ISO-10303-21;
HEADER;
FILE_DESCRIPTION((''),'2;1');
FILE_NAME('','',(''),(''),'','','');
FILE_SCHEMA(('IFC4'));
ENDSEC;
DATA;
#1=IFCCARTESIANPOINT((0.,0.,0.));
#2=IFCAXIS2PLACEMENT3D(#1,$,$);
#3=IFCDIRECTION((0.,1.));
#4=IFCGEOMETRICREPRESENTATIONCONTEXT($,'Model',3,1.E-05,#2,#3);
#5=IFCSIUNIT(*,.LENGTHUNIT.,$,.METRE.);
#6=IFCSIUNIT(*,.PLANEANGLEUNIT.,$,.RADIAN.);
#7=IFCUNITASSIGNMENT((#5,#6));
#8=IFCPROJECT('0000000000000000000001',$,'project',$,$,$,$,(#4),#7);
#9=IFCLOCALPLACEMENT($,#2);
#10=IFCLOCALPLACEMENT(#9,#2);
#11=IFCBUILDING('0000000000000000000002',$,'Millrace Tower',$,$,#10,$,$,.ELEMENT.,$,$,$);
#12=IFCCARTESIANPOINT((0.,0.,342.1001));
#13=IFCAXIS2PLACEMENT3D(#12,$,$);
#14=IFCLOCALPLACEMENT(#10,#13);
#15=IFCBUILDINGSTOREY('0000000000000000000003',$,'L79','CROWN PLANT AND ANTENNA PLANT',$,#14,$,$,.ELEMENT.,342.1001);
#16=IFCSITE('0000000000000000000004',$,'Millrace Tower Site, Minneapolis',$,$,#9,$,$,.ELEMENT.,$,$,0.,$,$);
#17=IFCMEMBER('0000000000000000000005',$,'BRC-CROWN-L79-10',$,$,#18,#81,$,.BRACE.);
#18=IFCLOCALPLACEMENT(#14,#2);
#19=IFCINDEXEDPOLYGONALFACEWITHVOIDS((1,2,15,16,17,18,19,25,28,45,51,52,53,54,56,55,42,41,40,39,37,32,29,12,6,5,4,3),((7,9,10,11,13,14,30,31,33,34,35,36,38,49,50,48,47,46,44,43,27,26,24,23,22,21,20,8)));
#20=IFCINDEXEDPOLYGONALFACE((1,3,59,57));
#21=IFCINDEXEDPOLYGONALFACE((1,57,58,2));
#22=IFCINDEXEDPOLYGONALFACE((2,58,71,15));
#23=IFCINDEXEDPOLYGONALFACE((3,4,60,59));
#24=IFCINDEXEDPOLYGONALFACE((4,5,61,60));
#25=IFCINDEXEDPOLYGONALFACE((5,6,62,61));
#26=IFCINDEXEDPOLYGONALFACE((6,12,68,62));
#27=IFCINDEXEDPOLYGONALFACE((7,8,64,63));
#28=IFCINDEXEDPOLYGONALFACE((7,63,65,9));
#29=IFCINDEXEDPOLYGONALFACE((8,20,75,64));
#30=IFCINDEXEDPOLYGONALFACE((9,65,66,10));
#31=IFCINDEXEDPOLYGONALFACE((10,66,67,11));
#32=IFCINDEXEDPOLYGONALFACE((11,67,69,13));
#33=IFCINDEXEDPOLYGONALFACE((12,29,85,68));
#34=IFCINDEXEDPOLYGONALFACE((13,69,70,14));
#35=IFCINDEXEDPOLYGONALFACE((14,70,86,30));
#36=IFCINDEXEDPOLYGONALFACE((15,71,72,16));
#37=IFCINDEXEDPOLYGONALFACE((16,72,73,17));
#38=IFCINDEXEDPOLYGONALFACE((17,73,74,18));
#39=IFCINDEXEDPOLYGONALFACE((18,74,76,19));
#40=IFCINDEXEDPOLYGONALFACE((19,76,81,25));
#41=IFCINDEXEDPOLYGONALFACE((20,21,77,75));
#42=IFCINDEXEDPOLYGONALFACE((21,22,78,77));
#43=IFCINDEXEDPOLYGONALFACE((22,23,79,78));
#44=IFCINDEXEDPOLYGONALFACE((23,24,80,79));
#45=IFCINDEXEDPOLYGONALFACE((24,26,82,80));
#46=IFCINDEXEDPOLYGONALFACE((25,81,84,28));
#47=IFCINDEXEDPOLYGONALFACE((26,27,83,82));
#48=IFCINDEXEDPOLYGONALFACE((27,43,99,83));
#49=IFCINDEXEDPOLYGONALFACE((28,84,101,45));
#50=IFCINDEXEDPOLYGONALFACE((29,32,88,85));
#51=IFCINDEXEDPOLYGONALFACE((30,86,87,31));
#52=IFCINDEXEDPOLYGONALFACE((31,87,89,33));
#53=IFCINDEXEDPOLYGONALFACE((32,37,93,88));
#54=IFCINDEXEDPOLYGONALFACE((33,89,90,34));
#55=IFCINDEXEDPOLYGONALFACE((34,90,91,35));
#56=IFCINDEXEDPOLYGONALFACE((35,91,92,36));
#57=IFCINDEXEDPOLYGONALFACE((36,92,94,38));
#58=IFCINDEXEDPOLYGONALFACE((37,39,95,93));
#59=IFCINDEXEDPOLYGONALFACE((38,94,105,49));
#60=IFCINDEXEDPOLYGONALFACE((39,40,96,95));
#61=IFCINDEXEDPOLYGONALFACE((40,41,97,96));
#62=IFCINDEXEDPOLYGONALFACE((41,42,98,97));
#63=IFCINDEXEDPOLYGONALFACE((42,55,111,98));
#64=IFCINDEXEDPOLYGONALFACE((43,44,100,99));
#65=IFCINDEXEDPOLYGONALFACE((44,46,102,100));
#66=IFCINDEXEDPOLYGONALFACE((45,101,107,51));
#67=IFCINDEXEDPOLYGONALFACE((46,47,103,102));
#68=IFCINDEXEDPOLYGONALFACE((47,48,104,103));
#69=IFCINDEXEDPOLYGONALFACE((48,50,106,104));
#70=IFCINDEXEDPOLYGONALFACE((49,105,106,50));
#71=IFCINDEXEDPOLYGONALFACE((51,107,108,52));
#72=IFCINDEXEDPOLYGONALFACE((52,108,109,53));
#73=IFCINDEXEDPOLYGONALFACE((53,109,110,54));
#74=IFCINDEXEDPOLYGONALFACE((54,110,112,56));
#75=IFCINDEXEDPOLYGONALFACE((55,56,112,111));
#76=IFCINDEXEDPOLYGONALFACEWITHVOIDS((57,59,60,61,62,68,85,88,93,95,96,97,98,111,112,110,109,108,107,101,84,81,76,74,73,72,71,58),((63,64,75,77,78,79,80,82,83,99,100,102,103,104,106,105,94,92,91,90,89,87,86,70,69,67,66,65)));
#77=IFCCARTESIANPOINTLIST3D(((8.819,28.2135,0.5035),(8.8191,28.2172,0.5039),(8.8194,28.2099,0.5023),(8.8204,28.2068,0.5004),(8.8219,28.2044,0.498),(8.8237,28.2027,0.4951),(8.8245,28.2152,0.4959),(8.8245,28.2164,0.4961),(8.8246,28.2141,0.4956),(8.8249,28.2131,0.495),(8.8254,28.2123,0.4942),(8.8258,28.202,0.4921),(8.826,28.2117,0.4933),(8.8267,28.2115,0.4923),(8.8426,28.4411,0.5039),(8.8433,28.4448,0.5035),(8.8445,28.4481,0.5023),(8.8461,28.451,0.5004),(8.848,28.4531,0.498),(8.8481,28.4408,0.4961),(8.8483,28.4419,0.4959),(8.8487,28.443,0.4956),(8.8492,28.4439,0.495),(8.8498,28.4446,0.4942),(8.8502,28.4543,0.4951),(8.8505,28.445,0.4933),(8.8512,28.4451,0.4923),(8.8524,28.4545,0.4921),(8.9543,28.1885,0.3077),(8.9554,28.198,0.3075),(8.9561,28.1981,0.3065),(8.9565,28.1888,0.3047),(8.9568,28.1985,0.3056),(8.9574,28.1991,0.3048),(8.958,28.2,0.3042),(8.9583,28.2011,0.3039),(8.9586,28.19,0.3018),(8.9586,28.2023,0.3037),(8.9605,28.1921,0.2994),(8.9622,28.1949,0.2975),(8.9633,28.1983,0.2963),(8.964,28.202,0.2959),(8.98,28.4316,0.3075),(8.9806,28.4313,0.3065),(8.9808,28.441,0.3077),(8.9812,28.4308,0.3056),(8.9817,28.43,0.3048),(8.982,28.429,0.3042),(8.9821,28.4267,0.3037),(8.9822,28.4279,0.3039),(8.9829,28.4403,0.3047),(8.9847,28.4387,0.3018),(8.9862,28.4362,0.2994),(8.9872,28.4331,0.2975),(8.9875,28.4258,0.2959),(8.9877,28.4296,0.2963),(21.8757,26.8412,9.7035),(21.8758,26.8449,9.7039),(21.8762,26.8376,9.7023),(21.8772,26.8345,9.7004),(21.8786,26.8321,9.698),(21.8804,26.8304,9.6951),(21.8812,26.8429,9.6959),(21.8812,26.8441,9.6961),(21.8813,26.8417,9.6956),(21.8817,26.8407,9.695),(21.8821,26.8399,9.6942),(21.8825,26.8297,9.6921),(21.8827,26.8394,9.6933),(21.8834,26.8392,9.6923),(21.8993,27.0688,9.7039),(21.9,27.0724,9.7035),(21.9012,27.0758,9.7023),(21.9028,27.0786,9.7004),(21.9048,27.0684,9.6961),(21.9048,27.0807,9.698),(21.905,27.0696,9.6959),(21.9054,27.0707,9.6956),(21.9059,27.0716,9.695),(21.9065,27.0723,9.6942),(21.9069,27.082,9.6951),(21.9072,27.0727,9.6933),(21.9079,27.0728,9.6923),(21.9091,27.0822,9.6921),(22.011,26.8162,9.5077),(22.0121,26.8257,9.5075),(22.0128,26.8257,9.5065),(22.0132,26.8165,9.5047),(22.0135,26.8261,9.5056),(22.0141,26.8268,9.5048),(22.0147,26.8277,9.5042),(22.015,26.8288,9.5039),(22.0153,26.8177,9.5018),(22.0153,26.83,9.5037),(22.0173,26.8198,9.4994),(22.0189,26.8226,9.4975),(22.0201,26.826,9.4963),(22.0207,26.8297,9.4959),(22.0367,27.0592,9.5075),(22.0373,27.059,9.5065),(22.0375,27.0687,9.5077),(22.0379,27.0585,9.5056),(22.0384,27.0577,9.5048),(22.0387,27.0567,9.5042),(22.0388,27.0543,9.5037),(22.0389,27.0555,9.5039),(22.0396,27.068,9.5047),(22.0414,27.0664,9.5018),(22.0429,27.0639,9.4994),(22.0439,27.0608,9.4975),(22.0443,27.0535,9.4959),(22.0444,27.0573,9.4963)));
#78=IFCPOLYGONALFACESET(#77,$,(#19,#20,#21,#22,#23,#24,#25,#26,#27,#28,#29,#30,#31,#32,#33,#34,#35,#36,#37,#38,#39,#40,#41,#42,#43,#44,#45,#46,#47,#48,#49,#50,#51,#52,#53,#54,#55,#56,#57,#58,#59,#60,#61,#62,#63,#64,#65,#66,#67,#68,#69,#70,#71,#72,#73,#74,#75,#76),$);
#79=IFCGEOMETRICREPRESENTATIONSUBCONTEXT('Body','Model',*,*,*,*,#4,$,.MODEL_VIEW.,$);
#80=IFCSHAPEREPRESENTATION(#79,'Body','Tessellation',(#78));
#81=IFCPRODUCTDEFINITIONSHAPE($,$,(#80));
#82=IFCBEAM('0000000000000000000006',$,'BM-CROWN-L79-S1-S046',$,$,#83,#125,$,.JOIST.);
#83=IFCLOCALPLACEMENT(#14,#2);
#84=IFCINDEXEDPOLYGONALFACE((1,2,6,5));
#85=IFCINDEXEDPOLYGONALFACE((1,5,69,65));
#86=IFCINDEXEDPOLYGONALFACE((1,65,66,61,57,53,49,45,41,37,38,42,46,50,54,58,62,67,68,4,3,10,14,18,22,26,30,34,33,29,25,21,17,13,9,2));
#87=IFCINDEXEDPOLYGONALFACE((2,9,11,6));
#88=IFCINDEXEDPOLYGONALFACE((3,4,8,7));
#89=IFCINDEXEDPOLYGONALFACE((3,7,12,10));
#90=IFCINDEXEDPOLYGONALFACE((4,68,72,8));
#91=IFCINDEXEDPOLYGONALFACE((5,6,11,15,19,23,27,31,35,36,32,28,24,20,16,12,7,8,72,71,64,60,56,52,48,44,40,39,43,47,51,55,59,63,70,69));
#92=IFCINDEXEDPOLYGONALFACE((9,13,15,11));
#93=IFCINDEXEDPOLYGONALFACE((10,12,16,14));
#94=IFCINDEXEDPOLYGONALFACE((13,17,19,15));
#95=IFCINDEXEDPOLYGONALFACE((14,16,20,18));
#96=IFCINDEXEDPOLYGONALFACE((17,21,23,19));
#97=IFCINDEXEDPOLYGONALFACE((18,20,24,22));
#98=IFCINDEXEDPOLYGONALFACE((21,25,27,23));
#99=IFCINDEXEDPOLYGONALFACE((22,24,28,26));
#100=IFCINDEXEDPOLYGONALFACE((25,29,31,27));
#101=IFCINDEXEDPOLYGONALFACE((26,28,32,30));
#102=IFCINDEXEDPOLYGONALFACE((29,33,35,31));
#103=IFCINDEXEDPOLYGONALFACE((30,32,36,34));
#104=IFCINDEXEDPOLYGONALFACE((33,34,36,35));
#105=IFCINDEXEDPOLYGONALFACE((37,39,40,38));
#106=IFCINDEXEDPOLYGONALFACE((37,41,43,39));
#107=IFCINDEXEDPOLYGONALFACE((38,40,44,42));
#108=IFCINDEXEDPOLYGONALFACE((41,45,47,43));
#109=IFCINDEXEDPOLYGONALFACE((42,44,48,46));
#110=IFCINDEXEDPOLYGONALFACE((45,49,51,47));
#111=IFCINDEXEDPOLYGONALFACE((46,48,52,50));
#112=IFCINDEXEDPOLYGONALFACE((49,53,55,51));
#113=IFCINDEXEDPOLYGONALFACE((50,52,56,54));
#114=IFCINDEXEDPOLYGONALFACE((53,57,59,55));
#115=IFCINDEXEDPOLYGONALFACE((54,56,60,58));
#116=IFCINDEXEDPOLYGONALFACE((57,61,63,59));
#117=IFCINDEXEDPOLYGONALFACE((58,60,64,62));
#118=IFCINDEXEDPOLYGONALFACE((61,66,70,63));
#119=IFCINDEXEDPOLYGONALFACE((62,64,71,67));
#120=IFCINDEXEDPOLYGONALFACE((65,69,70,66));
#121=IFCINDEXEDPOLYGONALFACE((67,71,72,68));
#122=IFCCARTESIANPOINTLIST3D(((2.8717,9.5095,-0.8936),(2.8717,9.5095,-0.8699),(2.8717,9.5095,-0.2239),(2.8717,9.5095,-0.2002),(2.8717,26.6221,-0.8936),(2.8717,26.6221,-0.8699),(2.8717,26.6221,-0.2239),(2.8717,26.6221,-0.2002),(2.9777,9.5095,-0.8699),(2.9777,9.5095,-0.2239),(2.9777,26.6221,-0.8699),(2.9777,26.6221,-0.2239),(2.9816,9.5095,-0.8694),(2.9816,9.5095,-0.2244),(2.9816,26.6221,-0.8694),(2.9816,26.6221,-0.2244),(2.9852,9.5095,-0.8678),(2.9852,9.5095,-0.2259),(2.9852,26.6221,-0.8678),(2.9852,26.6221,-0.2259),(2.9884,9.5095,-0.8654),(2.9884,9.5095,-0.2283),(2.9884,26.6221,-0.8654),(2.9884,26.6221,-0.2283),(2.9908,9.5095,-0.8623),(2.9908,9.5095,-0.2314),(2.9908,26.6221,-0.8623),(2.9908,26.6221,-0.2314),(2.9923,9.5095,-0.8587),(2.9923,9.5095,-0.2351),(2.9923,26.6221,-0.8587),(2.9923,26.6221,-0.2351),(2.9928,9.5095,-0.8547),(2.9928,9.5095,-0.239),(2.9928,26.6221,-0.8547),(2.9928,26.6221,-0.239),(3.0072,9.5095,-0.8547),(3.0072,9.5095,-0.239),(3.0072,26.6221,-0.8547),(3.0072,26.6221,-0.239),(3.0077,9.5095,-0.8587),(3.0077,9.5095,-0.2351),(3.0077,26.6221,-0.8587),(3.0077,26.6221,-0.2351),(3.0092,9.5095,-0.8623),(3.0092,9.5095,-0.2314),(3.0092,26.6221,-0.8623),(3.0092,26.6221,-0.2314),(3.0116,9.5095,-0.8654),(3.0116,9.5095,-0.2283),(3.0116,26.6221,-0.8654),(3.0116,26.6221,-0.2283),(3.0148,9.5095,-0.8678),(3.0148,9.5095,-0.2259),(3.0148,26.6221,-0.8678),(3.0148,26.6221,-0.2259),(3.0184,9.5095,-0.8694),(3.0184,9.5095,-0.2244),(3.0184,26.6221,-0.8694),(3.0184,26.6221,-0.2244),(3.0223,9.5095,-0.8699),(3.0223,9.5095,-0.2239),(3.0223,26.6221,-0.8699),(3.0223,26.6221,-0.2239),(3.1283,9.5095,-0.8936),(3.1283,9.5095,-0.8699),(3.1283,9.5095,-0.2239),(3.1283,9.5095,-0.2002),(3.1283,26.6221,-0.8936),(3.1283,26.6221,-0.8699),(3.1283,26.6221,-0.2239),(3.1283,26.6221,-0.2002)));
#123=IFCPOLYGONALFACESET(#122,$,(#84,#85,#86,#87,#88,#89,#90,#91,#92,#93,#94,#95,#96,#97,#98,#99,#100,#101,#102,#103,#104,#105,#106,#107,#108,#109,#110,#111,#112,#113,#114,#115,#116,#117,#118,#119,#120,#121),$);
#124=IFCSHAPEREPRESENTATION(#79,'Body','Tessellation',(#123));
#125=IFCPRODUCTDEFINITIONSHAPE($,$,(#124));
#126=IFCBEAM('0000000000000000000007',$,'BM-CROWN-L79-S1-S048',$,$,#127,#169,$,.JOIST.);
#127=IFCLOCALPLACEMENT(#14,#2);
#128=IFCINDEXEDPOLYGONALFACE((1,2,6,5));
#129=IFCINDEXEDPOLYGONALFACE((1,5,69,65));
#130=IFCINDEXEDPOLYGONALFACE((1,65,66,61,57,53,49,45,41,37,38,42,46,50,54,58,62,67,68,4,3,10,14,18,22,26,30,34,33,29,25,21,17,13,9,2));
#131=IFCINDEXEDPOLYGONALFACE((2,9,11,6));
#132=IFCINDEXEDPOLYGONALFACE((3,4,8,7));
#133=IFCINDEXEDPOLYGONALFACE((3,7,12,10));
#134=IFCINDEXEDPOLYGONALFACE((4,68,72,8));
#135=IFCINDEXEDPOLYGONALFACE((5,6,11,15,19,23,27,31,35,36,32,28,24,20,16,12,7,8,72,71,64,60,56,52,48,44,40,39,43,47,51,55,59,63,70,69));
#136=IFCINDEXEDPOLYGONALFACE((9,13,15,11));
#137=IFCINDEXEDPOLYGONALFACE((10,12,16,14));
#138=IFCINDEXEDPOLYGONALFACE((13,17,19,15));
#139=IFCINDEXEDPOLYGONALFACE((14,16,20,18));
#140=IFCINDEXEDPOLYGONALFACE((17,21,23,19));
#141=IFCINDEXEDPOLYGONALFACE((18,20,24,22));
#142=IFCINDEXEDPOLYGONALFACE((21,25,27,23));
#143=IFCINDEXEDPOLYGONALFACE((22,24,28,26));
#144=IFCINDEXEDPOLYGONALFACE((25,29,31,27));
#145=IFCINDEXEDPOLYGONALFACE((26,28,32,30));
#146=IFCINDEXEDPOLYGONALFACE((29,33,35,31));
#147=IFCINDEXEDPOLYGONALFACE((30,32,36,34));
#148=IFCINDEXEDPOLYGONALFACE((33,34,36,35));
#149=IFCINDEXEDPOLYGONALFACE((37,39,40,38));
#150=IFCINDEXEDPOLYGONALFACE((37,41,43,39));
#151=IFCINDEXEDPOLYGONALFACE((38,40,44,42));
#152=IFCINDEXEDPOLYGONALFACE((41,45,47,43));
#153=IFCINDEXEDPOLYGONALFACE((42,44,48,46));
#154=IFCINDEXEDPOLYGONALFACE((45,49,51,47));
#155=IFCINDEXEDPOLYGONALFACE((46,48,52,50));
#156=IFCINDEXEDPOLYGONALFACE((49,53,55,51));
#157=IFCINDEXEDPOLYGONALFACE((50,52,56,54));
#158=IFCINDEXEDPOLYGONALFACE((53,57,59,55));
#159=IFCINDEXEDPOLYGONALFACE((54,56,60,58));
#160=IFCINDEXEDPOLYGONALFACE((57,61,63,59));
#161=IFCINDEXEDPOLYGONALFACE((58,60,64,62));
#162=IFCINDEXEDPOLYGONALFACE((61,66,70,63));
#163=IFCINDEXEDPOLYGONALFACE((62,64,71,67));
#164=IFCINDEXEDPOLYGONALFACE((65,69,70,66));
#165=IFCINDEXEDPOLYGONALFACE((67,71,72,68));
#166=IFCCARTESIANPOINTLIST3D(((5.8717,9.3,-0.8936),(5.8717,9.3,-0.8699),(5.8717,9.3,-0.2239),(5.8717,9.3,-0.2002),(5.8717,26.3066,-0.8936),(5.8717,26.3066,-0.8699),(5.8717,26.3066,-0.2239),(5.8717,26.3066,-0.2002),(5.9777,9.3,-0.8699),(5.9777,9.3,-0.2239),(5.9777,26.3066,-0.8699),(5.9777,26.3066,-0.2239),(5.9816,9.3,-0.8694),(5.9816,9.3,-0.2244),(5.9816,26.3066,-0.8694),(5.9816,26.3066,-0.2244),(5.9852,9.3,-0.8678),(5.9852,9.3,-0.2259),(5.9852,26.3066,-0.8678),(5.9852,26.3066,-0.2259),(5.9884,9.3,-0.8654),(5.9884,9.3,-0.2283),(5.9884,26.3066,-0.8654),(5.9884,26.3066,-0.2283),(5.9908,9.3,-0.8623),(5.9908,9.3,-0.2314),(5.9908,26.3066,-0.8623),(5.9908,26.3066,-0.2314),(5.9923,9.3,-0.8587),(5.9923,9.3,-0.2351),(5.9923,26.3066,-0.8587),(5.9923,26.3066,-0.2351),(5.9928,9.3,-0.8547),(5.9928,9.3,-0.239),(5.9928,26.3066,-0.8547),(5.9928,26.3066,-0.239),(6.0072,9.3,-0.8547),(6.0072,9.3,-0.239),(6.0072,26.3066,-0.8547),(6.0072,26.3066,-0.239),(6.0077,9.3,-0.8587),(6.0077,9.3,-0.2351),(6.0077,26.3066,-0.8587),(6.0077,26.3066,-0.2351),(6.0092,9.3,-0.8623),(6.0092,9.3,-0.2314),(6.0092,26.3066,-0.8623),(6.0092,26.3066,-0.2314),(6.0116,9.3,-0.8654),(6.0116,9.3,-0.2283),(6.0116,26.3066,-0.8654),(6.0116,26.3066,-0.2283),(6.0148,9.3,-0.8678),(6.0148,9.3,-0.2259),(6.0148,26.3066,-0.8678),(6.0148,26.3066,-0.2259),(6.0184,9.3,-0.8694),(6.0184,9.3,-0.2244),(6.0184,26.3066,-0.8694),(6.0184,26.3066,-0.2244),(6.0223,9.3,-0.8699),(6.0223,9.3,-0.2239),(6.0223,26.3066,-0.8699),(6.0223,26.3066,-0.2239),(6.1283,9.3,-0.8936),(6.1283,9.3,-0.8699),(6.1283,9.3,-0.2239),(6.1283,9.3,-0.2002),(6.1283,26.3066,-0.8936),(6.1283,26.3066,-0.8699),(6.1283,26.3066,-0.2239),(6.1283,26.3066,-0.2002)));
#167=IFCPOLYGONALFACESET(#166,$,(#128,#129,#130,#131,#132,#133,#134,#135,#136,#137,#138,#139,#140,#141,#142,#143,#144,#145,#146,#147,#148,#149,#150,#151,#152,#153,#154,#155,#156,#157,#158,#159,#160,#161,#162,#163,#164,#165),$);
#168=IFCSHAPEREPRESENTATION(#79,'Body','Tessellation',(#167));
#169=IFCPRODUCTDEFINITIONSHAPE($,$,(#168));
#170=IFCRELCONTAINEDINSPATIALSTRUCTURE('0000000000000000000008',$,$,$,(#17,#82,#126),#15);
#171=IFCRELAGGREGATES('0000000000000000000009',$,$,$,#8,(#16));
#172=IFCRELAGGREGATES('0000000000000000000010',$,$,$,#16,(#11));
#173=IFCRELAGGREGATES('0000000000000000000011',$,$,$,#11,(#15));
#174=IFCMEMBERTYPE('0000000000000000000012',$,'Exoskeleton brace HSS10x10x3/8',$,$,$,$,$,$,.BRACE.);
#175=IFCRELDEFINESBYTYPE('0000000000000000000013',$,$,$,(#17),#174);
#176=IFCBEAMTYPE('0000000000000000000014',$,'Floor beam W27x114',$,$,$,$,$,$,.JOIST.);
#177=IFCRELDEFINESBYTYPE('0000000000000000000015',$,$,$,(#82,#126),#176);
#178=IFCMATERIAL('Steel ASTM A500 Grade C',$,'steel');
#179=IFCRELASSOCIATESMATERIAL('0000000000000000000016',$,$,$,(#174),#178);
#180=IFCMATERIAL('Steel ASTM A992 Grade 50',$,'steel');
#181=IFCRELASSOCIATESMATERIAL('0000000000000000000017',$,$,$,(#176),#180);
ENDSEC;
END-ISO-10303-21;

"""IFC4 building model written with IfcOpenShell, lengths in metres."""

from ifc_helpers import new_model, si_unit, direction, frame, origin, origin_2d, place, context, subcontext, project, spatial, hollow_rectangle, i_section, extrude, material, material_profile, profile_set, type_object, element, save


model = new_model("IFC4")

# Units and contexts
model_context = context("Model", 3, precision=1e-05, world=origin(), true_north=direction((0.0, 1.0)))
body_context = subcontext(model_context, "Body", "Model", "MODEL_VIEW")
ifc_project = project(units=[si_unit("LENGTHUNIT", "METRE"), si_unit("PLANEANGLEUNIT", "RADIAN")], contexts=[model_context])

# Site, building, storey
site_placement = place(None, origin())
site = spatial("IfcSite", under=ifc_project, at=site_placement, Name="Millrace Tower Site, Minneapolis", CompositionType="ELEMENT", RefElevation=0.0)
building_placement = place(site_placement, origin())
building = spatial("IfcBuilding", under=site, at=building_placement, Name="Millrace Tower", CompositionType="ELEMENT")
storey_placement = place(building_placement, frame((0.0, 0.0, 342.1001)))
storey = spatial("IfcBuildingStorey", under=building, at=storey_placement, Name="L79", Description="CROWN PLANT AND ANTENNA PLANT", CompositionType="ELEMENT", Elevation=342.1001)

# Member
ifc_material_1 = material(Name="Steel ASTM A500 Grade C", Category="steel")
ifc_material_profile_1 = material_profile(ifc_material_1, hollow_rectangle(XDim=0.2539, YDim=0.2539, WallThickness=0.0095, InnerFilletRadius=0.0046, OuterFilletRadius=0.0144, at=origin_2d()))
ifc_profile_set_1 = profile_set([ifc_material_profile_1], Name="Steel ASTM A500 Grade C")
member_type_1 = type_object("IfcMemberType", Name="Exoskeleton brace HSS10x10x3/8", PredefinedType="BRACE", material=ifc_profile_set_1)
member_1_placement = place(storey_placement, frame((8.9033, 28.3215, 0.3999), z_axis=(0.814454, -0.085603, 0.573879), x_axis=(0.104529, 0.994522, 0.0)))
element("IfcMember", 1, at=member_1_placement, inside=storey, type_object=member_type_1, Name="BRC-CROWN-L79-10", PredefinedType="BRACE", context=body_context, shape_type="SweptSolid", body=[
    extrude(hollow_rectangle(XDim=0.2539, YDim=0.2539, WallThickness=0.0095, InnerFilletRadius=0.0046, OuterFilletRadius=0.0144, at=origin_2d()), origin(), (0.0, 0.0, 1.0), 16.0312),
])

# Beams
ifc_material_2 = material(Name="Steel ASTM A992 Grade 50", Category="steel")
ifc_material_profile_2 = material_profile(ifc_material_2, i_section(OverallWidth=0.2566, OverallDepth=0.6934, WebThickness=0.0144, FlangeThickness=0.0237, FilletRadius=0.0151, at=origin_2d()))
ifc_profile_set_2 = profile_set([ifc_material_profile_2], Name="Steel ASTM A992 Grade 50")
beam_type_1 = type_object("IfcBeamType", Name="Floor beam W27x114", PredefinedType="JOIST", material=ifc_profile_set_2)
beam_1_placement = place(storey_placement, frame((3.0, 9.5095, -0.5469), z_axis=(0.0, 1.0, 0.0), x_axis=(-1.0, 0.0, 0.0)))
element("IfcBeam", 2, at=beam_1_placement, inside=storey, type_object=beam_type_1, Name="BM-CROWN-L79-S1-S046", PredefinedType="JOIST", context=body_context, shape_type="SweptSolid", body=[
    extrude(i_section(OverallWidth=0.2566, OverallDepth=0.6934, WebThickness=0.0144, FlangeThickness=0.0237, FilletRadius=0.0151, at=origin_2d()), origin(), (0.0, 0.0, 1.0), 17.1125),
])
beam_2_placement = place(storey_placement, frame((6.0, 9.3, -0.5469), z_axis=(0.0, 1.0, 0.0), x_axis=(-1.0, 0.0, 0.0)))
element("IfcBeam", 3, at=beam_2_placement, inside=storey, type_object=beam_type_1, Name="BM-CROWN-L79-S1-S048", PredefinedType="JOIST", context=body_context, shape_type="SweptSolid", body=[
    extrude(i_section(OverallWidth=0.2566, OverallDepth=0.6934, WebThickness=0.0144, FlangeThickness=0.0237, FilletRadius=0.0151, at=origin_2d()), origin(), (0.0, 0.0, 1.0), 17.0066),
])

save(model, "model.ifc")
